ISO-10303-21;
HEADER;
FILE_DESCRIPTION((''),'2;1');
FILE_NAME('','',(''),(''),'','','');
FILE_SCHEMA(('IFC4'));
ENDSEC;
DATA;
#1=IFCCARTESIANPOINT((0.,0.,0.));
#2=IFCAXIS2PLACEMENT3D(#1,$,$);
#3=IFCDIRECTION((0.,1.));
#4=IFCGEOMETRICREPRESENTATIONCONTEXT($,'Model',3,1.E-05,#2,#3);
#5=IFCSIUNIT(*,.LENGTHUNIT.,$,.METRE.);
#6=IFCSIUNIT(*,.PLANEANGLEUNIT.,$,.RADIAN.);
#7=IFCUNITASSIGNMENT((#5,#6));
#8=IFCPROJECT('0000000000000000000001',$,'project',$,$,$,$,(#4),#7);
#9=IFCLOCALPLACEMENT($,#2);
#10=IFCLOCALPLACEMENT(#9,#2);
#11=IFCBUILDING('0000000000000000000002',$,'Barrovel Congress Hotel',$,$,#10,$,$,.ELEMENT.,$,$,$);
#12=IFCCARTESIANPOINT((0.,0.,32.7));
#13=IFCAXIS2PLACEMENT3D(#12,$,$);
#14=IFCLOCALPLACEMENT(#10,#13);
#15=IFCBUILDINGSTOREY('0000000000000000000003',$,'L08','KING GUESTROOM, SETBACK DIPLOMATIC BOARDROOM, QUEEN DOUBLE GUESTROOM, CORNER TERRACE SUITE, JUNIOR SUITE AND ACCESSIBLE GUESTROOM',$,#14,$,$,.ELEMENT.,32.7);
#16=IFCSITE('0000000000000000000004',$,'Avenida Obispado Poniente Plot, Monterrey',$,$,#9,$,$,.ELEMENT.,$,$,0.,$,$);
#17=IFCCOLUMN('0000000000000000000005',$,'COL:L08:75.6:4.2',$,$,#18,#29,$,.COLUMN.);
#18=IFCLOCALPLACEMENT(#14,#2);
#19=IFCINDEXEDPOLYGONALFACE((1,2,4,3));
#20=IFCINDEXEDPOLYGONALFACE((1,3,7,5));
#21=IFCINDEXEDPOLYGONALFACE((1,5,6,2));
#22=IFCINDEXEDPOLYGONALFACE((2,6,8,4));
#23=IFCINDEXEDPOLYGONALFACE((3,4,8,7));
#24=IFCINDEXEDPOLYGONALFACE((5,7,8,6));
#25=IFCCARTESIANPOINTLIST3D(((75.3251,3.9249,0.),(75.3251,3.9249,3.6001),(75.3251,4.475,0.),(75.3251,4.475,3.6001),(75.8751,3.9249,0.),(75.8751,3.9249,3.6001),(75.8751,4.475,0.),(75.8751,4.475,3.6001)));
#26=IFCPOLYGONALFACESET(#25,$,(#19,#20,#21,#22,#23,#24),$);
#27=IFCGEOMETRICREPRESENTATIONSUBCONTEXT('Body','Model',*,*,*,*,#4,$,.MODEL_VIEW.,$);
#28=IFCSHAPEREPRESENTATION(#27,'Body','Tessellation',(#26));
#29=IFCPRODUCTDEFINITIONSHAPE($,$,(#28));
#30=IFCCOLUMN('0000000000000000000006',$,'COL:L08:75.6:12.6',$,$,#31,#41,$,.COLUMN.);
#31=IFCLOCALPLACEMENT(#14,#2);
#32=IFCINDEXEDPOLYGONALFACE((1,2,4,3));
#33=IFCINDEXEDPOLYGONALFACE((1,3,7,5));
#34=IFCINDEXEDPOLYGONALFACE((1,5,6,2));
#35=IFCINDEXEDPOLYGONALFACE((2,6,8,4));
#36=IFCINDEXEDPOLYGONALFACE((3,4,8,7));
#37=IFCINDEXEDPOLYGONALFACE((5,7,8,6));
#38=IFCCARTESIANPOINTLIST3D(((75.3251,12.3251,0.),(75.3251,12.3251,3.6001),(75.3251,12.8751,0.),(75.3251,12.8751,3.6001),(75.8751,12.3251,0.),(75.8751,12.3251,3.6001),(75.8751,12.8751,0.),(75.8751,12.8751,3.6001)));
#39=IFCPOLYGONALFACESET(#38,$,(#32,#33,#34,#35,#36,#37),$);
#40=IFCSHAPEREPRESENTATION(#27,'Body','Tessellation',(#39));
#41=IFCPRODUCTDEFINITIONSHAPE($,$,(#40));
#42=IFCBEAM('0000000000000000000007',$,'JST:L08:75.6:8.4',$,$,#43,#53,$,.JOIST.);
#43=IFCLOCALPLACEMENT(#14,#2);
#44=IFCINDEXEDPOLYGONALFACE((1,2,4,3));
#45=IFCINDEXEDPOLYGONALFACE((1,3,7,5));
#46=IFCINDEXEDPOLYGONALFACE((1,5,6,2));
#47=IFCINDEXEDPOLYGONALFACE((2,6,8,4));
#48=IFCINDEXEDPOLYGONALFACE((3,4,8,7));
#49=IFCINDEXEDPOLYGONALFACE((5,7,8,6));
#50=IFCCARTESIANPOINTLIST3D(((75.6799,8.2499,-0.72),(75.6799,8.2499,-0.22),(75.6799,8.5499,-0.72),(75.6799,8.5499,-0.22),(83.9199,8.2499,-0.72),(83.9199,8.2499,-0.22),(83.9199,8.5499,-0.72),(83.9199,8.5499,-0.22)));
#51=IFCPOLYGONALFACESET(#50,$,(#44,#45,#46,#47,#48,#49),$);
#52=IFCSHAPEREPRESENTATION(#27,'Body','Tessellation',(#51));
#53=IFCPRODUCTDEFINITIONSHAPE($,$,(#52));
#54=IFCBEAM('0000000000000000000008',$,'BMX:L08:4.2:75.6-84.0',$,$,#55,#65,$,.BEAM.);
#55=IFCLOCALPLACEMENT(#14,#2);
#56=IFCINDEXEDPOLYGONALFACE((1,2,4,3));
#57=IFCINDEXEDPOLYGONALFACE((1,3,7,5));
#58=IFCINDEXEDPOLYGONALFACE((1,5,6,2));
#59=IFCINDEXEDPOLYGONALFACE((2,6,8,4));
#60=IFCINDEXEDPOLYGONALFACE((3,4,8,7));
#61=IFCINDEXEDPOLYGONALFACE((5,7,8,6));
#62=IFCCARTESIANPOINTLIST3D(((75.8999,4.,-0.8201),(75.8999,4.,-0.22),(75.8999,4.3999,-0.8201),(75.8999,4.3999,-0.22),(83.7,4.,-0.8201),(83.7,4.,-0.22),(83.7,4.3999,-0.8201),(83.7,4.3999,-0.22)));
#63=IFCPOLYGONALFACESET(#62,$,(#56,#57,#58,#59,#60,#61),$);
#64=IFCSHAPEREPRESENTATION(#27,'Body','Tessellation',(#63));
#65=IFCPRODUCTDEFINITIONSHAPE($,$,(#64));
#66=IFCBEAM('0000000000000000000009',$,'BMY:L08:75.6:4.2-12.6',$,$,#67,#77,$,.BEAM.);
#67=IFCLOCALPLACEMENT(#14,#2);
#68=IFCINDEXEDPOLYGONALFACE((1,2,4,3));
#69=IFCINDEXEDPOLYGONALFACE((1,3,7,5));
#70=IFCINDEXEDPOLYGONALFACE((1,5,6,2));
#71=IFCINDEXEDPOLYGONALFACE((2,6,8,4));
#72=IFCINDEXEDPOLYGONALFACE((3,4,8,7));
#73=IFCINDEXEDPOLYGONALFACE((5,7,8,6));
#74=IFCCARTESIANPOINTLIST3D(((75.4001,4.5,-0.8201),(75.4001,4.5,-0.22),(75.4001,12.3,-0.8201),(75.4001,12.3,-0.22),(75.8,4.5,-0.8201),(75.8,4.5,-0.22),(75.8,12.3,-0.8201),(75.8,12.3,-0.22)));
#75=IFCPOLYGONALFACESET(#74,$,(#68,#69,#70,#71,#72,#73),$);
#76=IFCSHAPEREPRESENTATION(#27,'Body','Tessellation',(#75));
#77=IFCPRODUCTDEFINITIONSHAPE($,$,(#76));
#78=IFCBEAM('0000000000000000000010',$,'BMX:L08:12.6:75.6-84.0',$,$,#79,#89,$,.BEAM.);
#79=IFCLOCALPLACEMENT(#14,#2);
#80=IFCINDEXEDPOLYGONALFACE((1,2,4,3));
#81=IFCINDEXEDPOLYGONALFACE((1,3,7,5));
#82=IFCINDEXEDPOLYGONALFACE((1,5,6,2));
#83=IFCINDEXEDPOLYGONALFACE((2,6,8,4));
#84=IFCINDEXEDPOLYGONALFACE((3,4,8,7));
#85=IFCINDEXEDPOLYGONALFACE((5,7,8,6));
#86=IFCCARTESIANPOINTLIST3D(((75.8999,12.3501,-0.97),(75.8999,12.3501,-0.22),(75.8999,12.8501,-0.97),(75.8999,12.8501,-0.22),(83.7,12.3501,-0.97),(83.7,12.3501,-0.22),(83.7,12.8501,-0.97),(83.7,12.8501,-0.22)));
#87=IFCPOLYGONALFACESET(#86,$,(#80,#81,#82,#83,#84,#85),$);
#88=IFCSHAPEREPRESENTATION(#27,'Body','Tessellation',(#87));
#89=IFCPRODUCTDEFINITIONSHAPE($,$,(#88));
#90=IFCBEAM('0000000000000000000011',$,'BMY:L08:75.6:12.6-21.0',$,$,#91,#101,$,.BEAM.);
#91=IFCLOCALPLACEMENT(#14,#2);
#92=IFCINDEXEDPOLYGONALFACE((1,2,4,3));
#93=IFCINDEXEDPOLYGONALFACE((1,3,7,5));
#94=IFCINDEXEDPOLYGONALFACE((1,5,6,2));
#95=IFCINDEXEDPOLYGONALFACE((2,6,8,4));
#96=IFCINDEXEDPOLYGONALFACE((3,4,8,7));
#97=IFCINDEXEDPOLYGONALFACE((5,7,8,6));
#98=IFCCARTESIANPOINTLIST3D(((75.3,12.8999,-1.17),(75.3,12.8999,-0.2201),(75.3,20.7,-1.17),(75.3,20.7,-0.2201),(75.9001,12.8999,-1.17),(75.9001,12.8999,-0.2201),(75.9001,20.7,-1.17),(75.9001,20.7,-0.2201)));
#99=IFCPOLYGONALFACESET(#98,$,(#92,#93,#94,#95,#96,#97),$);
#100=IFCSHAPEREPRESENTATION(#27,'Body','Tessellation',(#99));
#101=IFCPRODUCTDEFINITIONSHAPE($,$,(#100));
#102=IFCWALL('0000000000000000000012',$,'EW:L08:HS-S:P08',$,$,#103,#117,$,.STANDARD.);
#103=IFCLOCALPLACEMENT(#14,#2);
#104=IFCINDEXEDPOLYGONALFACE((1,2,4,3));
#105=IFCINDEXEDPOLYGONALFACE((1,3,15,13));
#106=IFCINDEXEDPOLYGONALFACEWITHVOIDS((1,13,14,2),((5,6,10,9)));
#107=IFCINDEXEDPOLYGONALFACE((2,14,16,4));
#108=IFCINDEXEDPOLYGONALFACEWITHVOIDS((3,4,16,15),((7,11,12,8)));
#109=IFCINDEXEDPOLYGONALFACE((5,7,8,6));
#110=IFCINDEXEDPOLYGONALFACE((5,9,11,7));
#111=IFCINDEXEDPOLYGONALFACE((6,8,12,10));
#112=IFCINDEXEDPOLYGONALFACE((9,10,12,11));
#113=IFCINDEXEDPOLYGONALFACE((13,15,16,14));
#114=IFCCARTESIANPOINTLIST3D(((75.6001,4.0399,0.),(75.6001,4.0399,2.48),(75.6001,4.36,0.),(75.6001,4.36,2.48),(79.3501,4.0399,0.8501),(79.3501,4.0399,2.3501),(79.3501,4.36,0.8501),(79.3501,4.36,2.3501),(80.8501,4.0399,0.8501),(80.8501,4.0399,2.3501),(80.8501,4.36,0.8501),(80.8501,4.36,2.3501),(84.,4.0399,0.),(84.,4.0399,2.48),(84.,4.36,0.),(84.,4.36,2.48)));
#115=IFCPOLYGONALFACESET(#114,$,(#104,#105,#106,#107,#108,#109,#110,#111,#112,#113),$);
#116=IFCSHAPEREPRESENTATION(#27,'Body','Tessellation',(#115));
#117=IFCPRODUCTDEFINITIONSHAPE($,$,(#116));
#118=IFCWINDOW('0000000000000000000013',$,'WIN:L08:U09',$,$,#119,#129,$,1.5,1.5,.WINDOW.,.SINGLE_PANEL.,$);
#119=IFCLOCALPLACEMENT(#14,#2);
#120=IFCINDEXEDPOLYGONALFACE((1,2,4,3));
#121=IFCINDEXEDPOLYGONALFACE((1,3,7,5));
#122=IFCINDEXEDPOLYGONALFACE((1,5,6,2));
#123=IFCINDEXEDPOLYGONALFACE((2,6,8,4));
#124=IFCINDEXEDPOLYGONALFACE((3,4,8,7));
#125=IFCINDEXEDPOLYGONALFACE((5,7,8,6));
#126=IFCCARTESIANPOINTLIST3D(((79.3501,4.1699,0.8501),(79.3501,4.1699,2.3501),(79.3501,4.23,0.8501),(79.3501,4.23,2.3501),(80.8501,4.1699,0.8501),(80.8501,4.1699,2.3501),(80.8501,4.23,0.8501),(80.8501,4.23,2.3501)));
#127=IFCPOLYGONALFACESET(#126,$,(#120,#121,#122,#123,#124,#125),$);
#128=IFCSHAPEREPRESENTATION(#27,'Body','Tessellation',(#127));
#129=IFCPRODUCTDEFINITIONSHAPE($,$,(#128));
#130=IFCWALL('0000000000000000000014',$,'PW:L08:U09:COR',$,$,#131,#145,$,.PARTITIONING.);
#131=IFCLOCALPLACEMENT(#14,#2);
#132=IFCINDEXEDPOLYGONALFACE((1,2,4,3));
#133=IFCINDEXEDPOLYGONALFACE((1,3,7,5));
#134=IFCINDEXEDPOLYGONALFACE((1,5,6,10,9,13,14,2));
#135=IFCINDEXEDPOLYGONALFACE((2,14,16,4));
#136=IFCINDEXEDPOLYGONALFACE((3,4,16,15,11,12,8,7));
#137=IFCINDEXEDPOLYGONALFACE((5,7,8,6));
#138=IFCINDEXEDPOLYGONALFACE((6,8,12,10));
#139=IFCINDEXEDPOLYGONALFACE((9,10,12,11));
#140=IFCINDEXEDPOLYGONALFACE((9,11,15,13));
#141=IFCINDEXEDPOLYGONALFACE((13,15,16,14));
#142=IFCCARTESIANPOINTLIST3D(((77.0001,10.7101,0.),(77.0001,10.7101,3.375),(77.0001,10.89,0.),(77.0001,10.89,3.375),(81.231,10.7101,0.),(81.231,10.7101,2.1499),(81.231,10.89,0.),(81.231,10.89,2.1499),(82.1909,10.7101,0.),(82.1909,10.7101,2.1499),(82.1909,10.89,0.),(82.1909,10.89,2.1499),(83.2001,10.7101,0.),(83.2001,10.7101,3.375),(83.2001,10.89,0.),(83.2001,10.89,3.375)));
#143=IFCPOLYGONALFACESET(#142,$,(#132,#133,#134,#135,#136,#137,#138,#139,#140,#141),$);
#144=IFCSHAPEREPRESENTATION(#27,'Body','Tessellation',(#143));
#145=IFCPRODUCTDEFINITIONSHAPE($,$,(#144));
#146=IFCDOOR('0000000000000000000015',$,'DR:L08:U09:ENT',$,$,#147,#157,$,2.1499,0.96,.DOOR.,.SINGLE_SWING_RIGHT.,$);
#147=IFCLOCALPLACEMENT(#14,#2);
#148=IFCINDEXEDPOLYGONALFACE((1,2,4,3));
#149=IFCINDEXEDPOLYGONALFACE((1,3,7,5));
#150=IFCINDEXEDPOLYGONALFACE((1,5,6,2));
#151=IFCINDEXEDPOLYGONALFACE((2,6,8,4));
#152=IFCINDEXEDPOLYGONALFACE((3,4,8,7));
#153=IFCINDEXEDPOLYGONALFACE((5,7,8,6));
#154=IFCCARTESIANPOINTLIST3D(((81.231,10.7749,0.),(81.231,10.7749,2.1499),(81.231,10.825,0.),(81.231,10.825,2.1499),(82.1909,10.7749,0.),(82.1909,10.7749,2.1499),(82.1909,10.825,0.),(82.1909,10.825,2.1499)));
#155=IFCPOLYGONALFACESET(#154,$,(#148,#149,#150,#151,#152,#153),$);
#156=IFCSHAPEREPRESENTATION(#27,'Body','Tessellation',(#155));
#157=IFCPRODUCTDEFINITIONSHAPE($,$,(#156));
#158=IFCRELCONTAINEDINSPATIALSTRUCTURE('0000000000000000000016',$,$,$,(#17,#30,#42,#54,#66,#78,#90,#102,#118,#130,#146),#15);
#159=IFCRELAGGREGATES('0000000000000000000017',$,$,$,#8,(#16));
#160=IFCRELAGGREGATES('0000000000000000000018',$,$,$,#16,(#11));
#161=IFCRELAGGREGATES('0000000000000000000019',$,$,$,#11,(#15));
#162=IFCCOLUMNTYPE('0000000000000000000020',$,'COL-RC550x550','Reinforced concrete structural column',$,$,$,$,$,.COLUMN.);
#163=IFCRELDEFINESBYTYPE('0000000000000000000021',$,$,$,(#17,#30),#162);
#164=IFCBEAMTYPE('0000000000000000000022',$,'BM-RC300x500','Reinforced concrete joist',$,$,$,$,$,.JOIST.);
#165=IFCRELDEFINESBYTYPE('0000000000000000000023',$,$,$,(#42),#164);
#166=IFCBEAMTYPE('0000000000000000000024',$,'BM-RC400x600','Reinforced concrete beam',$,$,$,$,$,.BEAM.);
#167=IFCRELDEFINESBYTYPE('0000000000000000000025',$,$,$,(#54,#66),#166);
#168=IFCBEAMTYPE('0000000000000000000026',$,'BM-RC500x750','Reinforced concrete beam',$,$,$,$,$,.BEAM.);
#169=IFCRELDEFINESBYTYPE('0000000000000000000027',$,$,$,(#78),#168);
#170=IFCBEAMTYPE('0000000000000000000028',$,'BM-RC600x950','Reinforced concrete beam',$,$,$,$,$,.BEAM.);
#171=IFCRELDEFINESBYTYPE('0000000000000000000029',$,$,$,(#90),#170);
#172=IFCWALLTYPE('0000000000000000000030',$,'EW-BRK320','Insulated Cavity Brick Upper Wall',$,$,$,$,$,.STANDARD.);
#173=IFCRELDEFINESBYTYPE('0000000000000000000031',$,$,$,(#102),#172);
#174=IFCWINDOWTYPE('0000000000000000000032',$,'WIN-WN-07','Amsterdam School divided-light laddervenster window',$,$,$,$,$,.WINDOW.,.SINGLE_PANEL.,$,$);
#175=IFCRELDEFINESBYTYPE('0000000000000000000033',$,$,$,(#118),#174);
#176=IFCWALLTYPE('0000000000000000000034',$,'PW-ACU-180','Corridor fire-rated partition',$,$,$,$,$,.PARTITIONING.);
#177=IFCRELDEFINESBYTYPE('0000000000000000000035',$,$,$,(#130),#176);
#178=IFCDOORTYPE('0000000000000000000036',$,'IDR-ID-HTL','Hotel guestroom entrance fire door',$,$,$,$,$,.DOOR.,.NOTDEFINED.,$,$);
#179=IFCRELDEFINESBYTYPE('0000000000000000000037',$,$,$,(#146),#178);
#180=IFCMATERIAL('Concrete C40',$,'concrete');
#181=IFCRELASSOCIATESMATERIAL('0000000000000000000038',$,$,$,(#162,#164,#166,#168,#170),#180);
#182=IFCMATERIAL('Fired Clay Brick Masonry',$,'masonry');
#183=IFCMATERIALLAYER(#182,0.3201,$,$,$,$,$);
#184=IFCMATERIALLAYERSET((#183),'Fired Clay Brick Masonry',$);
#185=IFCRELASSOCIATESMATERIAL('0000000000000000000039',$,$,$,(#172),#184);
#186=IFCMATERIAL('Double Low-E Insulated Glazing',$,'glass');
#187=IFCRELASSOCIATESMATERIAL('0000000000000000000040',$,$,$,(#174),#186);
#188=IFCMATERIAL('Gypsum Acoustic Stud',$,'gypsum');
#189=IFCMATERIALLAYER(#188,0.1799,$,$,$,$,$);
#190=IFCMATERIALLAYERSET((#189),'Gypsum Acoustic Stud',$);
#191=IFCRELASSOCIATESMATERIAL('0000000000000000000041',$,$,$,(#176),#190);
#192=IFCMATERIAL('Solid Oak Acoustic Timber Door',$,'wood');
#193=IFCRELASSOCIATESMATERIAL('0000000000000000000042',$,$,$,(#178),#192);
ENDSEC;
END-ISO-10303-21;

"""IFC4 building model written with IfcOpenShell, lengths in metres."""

from ifc_helpers import new_model, si_unit, direction, frame, frame_2d, origin, origin_2d, place, context, subcontext, project, spatial, rectangle, extrude, material, layer, layer_set, material_profile, profile_set, type_object, element, fill, save


model = new_model("IFC4")

# Units and contexts
model_context = context("Model", 3, precision=1e-05, world=origin(), true_north=direction((0.0, 1.0)))
body_context = subcontext(model_context, "Body", "Model", "MODEL_VIEW")
ifc_project = project(units=[si_unit("LENGTHUNIT", "METRE"), si_unit("PLANEANGLEUNIT", "RADIAN")], contexts=[model_context])

# Site, building, storey
site_placement = place(None, origin())
site = spatial("IfcSite", under=ifc_project, at=site_placement, Name="Avenida Obispado Poniente Plot, Monterrey", CompositionType="ELEMENT", RefElevation=0.0)
building_placement = place(site_placement, origin())
building = spatial("IfcBuilding", under=site, at=building_placement, Name="Barrovel Congress Hotel", CompositionType="ELEMENT")
storey_placement = place(building_placement, frame((0.0, 0.0, 32.7)))
storey = spatial("IfcBuildingStorey", under=building, at=storey_placement, Name="L08", Description="KING GUESTROOM, SETBACK DIPLOMATIC BOARDROOM, QUEEN DOUBLE GUESTROOM, CORNER TERRACE SUITE, JUNIOR SUITE AND ACCESSIBLE GUESTROOM", CompositionType="ELEMENT", Elevation=32.7)

# Columns
ifc_material_1 = material(Name="Concrete C40", Category="concrete")
ifc_material_profile_1 = material_profile(ifc_material_1, rectangle(XDim=0.55, YDim=0.55, at=origin_2d()), Name="RC550x550")
ifc_profile_set_1 = profile_set([ifc_material_profile_1], Name="Concrete C40")
column_type = type_object("IfcColumnType", Name="COL-RC550x550", Description="Reinforced concrete structural column", PredefinedType="COLUMN", material=ifc_profile_set_1)
for number, where, z_axis, x_axis, name in (
    (1, (75.6001, 4.2, 0.0), (0.0, 0.0, 1.0), (1.0, 0.0, 0.0), "COL:L08:75.6:4.2"),
    (2, (75.6001, 12.6001, 0.0), (0.0, 0.0, 1.0), (1.0, 0.0, 0.0), "COL:L08:75.6:12.6"),
):
    element("IfcColumn", number, at=place(storey_placement, frame(where, z_axis=z_axis, x_axis=x_axis)), inside=storey, type_object=column_type, Name=name, PredefinedType="COLUMN", context=body_context, shape_type="SweptSolid", body=[
        extrude(rectangle(XDim=0.55, YDim=0.55, at=origin_2d()), origin(), (0.0, 0.0, 1.0), 3.6001),
    ])

# Beams
ifc_material_profile_2 = material_profile(ifc_material_1, rectangle(XDim=0.3, YDim=0.5, at=origin_2d()), Name="RC300x500")
ifc_profile_set_2 = profile_set([ifc_material_profile_2], Name="Concrete C40")
beam_type_1 = type_object("IfcBeamType", Name="BM-RC300x500", Description="Reinforced concrete joist", PredefinedType="JOIST", material=ifc_profile_set_2)
beam_1_placement = place(storey_placement, frame((75.6799, 8.3999, -0.47), z_axis=(1.0, 0.0, 0.0), x_axis=(0.0, 1.0, 0.0)))
element("IfcBeam", 3, at=beam_1_placement, inside=storey, type_object=beam_type_1, Name="JST:L08:75.6:8.4", PredefinedType="JOIST", context=body_context, shape_type="SweptSolid", body=[
    extrude(rectangle(XDim=0.3, YDim=0.5, at=origin_2d()), origin(), (0.0, 0.0, 1.0), 8.24),
])
ifc_material_profile_3 = material_profile(ifc_material_1, rectangle(XDim=0.3999, YDim=0.6001, at=origin_2d()), Name="RC400x600")
ifc_profile_set_3 = profile_set([ifc_material_profile_3], Name="Concrete C40")
beam_type_2 = type_object("IfcBeamType", Name="BM-RC400x600", Description="Reinforced concrete beam", PredefinedType="BEAM", material=ifc_profile_set_3)
for number, where, z_axis, x_axis, name in (
    (4, (75.8999, 4.2, -0.52), (1.0, 0.0, 0.0), (0.0, 1.0, 0.0), "BMX:L08:4.2:75.6-84.0"),
    (5, (75.6001, 4.5, -0.52), (0.0, 1.0, 0.0), (-1.0, 0.0, 0.0), "BMY:L08:75.6:4.2-12.6"),
):
    element("IfcBeam", number, at=place(storey_placement, frame(where, z_axis=z_axis, x_axis=x_axis)), inside=storey, type_object=beam_type_2, Name=name, PredefinedType="BEAM", context=body_context, shape_type="SweptSolid", body=[
        extrude(rectangle(XDim=0.3999, YDim=0.6001, at=origin_2d()), origin(), (0.0, 0.0, 1.0), 7.8),
    ])
ifc_material_profile_4 = material_profile(ifc_material_1, rectangle(XDim=0.5, YDim=0.75, at=origin_2d()), Name="RC500x750")
ifc_profile_set_4 = profile_set([ifc_material_profile_4], Name="Concrete C40")
beam_type_3 = type_object("IfcBeamType", Name="BM-RC500x750", Description="Reinforced concrete beam", PredefinedType="BEAM", material=ifc_profile_set_4)
beam_2_placement = place(storey_placement, frame((75.8999, 12.6001, -0.595), z_axis=(1.0, 0.0, 0.0), x_axis=(0.0, 1.0, 0.0)))
element("IfcBeam", 6, at=beam_2_placement, inside=storey, type_object=beam_type_3, Name="BMX:L08:12.6:75.6-84.0", PredefinedType="BEAM", context=body_context, shape_type="SweptSolid", body=[
    extrude(rectangle(XDim=0.5, YDim=0.75, at=origin_2d()), origin(), (0.0, 0.0, 1.0), 7.8),
])
ifc_material_profile_5 = material_profile(ifc_material_1, rectangle(XDim=0.6001, YDim=0.95, at=origin_2d()), Name="RC600x950")
ifc_profile_set_5 = profile_set([ifc_material_profile_5], Name="Concrete C40")
beam_type_4 = type_object("IfcBeamType", Name="BM-RC600x950", Description="Reinforced concrete beam", PredefinedType="BEAM", material=ifc_profile_set_5)
beam_3_placement = place(storey_placement, frame((75.6001, 12.8999, -0.6951), z_axis=(0.0, 1.0, 0.0), x_axis=(-1.0, 0.0, 0.0)))
element("IfcBeam", 7, at=beam_3_placement, inside=storey, type_object=beam_type_4, Name="BMY:L08:75.6:12.6-21.0", PredefinedType="BEAM", context=body_context, shape_type="SweptSolid", body=[
    extrude(rectangle(XDim=0.6001, YDim=0.95, at=origin_2d()), origin(), (0.0, 0.0, 1.0), 7.8),
])

# Wall, opening, window
ifc_material_2 = material(Name="Fired Clay Brick Masonry", Category="masonry")
ifc_layer_1 = layer(ifc_material_2, 0.3201)
ifc_layer_set_1 = layer_set([ifc_layer_1], Name="Fired Clay Brick Masonry")
wall_type_1 = type_object("IfcWallType", Name="EW-BRK320", Description="Insulated Cavity Brick Upper Wall", PredefinedType="STANDARD", material=ifc_layer_set_1)
wall_1_placement = place(storey_placement, frame((75.6001, 4.2, 0.0), z_axis=(0.0, 0.0, 1.0), x_axis=(1.0, 0.0, 0.0)))
wall_1 = element("IfcWall", 8, at=wall_1_placement, inside=storey, type_object=wall_type_1, Name="EW:L08:HS-S:P08", PredefinedType="STANDARD", context=body_context, shape_type="SweptSolid", body=[
    extrude(rectangle(XDim=8.3999, YDim=0.3201, at=frame_2d((4.2, 0.0))), origin(), (0.0, 0.0, 1.0), 2.48),
])
opening_1_placement = place(wall_1_placement, frame((3.75, 0.0, 0.8501)))
opening_1 = element("IfcOpeningElement", 9, at=opening_1_placement, cuts=wall_1, PredefinedType="OPENING", context=body_context, shape_type="SweptSolid", body=[
    extrude(rectangle(XDim=1.5, YDim=1.5, at=frame_2d((0.75, 0.75))), frame((0.0, 0.1699, 0.0), z_axis=(0.0, -1.0, 0.0), x_axis=(1.0, 0.0, 0.0)), (0.0, 0.0, 1.0), 0.3401),
])
ifc_material_3 = material(Name="Double Low-E Insulated Glazing", Category="glass")
window_type = type_object("IfcWindowType", Name="WIN-WN-07", Description="Amsterdam School divided-light laddervenster window", PartitioningType="SINGLE_PANEL", PredefinedType="WINDOW", material=ifc_material_3)
window_placement = place(opening_1_placement, origin())
window = element("IfcWindow", 10, at=window_placement, inside=storey, type_object=window_type, Name="WIN:L08:U09", OverallHeight=1.5, OverallWidth=1.5, PartitioningType="SINGLE_PANEL", PredefinedType="WINDOW", context=body_context, shape_type="SweptSolid", body=[
    extrude(rectangle(XDim=1.5, YDim=1.5, at=frame_2d((0.75, 0.75))), frame((0.0, 0.03, 0.0), z_axis=(0.0, -1.0, 0.0), x_axis=(1.0, 0.0, 0.0)), (0.0, 0.0, 1.0), 0.0601),
])
fill(opening_1, window)

# Wall, opening, door
ifc_material_4 = material(Name="Gypsum Acoustic Stud", Category="gypsum")
ifc_layer_2 = layer(ifc_material_4, 0.1799)
ifc_layer_set_2 = layer_set([ifc_layer_2], Name="Gypsum Acoustic Stud")
wall_type_2 = type_object("IfcWallType", Name="PW-ACU-180", Description="Corridor fire-rated partition", PredefinedType="PARTITIONING", material=ifc_layer_set_2)
wall_2_placement = place(storey_placement, frame((77.0, 10.8, 0.0), z_axis=(0.0, 0.0, 1.0), x_axis=(1.0, 0.0, 0.0)))
wall_2 = element("IfcWall", 11, at=wall_2_placement, inside=storey, type_object=wall_type_2, Name="PW:L08:U09:COR", PredefinedType="PARTITIONING", context=body_context, shape_type="SweptSolid", body=[
    extrude(rectangle(XDim=6.2, YDim=0.1799, at=frame_2d((3.1001, 0.0))), origin(), (0.0, 0.0, 1.0), 3.375),
])
opening_2_placement = place(wall_2_placement, frame((4.231, 0.0, 0.0)))
opening_2 = element("IfcOpeningElement", 12, at=opening_2_placement, cuts=wall_2, PredefinedType="OPENING", context=body_context, shape_type="SweptSolid", body=[
    extrude(rectangle(XDim=0.96, YDim=2.1499, at=frame_2d((0.48, 1.075))), frame((0.0, 0.1001, 0.0), z_axis=(0.0, -1.0, 0.0), x_axis=(1.0, 0.0, 0.0)), (0.0, 0.0, 1.0), 0.2),
])
ifc_material_5 = material(Name="Solid Oak Acoustic Timber Door", Category="wood")
door_type_1 = type_object("IfcDoorType", Name="IDR-ID-HTL", Description="Hotel guestroom entrance fire door", OperationType="NOTDEFINED", PredefinedType="DOOR", material=ifc_material_5)
door_1_placement = place(opening_2_placement, origin())
door_1 = element("IfcDoor", 13, at=door_1_placement, inside=storey, type_object=door_type_1, Name="DR:L08:U09:ENT", OperationType="SINGLE_SWING_RIGHT", OverallHeight=2.1499, OverallWidth=0.96, PredefinedType="DOOR", context=body_context, shape_type="SweptSolid", body=[
    extrude(rectangle(XDim=0.96, YDim=2.1499, at=frame_2d((0.48, 1.075))), frame((0.0, 0.0249, 0.0), z_axis=(0.0, -1.0, 0.0), x_axis=(1.0, 0.0, 0.0)), (0.0, 0.0, 1.0), 0.05),
])
fill(opening_2, door_1)

save(model, "model.ifc")
